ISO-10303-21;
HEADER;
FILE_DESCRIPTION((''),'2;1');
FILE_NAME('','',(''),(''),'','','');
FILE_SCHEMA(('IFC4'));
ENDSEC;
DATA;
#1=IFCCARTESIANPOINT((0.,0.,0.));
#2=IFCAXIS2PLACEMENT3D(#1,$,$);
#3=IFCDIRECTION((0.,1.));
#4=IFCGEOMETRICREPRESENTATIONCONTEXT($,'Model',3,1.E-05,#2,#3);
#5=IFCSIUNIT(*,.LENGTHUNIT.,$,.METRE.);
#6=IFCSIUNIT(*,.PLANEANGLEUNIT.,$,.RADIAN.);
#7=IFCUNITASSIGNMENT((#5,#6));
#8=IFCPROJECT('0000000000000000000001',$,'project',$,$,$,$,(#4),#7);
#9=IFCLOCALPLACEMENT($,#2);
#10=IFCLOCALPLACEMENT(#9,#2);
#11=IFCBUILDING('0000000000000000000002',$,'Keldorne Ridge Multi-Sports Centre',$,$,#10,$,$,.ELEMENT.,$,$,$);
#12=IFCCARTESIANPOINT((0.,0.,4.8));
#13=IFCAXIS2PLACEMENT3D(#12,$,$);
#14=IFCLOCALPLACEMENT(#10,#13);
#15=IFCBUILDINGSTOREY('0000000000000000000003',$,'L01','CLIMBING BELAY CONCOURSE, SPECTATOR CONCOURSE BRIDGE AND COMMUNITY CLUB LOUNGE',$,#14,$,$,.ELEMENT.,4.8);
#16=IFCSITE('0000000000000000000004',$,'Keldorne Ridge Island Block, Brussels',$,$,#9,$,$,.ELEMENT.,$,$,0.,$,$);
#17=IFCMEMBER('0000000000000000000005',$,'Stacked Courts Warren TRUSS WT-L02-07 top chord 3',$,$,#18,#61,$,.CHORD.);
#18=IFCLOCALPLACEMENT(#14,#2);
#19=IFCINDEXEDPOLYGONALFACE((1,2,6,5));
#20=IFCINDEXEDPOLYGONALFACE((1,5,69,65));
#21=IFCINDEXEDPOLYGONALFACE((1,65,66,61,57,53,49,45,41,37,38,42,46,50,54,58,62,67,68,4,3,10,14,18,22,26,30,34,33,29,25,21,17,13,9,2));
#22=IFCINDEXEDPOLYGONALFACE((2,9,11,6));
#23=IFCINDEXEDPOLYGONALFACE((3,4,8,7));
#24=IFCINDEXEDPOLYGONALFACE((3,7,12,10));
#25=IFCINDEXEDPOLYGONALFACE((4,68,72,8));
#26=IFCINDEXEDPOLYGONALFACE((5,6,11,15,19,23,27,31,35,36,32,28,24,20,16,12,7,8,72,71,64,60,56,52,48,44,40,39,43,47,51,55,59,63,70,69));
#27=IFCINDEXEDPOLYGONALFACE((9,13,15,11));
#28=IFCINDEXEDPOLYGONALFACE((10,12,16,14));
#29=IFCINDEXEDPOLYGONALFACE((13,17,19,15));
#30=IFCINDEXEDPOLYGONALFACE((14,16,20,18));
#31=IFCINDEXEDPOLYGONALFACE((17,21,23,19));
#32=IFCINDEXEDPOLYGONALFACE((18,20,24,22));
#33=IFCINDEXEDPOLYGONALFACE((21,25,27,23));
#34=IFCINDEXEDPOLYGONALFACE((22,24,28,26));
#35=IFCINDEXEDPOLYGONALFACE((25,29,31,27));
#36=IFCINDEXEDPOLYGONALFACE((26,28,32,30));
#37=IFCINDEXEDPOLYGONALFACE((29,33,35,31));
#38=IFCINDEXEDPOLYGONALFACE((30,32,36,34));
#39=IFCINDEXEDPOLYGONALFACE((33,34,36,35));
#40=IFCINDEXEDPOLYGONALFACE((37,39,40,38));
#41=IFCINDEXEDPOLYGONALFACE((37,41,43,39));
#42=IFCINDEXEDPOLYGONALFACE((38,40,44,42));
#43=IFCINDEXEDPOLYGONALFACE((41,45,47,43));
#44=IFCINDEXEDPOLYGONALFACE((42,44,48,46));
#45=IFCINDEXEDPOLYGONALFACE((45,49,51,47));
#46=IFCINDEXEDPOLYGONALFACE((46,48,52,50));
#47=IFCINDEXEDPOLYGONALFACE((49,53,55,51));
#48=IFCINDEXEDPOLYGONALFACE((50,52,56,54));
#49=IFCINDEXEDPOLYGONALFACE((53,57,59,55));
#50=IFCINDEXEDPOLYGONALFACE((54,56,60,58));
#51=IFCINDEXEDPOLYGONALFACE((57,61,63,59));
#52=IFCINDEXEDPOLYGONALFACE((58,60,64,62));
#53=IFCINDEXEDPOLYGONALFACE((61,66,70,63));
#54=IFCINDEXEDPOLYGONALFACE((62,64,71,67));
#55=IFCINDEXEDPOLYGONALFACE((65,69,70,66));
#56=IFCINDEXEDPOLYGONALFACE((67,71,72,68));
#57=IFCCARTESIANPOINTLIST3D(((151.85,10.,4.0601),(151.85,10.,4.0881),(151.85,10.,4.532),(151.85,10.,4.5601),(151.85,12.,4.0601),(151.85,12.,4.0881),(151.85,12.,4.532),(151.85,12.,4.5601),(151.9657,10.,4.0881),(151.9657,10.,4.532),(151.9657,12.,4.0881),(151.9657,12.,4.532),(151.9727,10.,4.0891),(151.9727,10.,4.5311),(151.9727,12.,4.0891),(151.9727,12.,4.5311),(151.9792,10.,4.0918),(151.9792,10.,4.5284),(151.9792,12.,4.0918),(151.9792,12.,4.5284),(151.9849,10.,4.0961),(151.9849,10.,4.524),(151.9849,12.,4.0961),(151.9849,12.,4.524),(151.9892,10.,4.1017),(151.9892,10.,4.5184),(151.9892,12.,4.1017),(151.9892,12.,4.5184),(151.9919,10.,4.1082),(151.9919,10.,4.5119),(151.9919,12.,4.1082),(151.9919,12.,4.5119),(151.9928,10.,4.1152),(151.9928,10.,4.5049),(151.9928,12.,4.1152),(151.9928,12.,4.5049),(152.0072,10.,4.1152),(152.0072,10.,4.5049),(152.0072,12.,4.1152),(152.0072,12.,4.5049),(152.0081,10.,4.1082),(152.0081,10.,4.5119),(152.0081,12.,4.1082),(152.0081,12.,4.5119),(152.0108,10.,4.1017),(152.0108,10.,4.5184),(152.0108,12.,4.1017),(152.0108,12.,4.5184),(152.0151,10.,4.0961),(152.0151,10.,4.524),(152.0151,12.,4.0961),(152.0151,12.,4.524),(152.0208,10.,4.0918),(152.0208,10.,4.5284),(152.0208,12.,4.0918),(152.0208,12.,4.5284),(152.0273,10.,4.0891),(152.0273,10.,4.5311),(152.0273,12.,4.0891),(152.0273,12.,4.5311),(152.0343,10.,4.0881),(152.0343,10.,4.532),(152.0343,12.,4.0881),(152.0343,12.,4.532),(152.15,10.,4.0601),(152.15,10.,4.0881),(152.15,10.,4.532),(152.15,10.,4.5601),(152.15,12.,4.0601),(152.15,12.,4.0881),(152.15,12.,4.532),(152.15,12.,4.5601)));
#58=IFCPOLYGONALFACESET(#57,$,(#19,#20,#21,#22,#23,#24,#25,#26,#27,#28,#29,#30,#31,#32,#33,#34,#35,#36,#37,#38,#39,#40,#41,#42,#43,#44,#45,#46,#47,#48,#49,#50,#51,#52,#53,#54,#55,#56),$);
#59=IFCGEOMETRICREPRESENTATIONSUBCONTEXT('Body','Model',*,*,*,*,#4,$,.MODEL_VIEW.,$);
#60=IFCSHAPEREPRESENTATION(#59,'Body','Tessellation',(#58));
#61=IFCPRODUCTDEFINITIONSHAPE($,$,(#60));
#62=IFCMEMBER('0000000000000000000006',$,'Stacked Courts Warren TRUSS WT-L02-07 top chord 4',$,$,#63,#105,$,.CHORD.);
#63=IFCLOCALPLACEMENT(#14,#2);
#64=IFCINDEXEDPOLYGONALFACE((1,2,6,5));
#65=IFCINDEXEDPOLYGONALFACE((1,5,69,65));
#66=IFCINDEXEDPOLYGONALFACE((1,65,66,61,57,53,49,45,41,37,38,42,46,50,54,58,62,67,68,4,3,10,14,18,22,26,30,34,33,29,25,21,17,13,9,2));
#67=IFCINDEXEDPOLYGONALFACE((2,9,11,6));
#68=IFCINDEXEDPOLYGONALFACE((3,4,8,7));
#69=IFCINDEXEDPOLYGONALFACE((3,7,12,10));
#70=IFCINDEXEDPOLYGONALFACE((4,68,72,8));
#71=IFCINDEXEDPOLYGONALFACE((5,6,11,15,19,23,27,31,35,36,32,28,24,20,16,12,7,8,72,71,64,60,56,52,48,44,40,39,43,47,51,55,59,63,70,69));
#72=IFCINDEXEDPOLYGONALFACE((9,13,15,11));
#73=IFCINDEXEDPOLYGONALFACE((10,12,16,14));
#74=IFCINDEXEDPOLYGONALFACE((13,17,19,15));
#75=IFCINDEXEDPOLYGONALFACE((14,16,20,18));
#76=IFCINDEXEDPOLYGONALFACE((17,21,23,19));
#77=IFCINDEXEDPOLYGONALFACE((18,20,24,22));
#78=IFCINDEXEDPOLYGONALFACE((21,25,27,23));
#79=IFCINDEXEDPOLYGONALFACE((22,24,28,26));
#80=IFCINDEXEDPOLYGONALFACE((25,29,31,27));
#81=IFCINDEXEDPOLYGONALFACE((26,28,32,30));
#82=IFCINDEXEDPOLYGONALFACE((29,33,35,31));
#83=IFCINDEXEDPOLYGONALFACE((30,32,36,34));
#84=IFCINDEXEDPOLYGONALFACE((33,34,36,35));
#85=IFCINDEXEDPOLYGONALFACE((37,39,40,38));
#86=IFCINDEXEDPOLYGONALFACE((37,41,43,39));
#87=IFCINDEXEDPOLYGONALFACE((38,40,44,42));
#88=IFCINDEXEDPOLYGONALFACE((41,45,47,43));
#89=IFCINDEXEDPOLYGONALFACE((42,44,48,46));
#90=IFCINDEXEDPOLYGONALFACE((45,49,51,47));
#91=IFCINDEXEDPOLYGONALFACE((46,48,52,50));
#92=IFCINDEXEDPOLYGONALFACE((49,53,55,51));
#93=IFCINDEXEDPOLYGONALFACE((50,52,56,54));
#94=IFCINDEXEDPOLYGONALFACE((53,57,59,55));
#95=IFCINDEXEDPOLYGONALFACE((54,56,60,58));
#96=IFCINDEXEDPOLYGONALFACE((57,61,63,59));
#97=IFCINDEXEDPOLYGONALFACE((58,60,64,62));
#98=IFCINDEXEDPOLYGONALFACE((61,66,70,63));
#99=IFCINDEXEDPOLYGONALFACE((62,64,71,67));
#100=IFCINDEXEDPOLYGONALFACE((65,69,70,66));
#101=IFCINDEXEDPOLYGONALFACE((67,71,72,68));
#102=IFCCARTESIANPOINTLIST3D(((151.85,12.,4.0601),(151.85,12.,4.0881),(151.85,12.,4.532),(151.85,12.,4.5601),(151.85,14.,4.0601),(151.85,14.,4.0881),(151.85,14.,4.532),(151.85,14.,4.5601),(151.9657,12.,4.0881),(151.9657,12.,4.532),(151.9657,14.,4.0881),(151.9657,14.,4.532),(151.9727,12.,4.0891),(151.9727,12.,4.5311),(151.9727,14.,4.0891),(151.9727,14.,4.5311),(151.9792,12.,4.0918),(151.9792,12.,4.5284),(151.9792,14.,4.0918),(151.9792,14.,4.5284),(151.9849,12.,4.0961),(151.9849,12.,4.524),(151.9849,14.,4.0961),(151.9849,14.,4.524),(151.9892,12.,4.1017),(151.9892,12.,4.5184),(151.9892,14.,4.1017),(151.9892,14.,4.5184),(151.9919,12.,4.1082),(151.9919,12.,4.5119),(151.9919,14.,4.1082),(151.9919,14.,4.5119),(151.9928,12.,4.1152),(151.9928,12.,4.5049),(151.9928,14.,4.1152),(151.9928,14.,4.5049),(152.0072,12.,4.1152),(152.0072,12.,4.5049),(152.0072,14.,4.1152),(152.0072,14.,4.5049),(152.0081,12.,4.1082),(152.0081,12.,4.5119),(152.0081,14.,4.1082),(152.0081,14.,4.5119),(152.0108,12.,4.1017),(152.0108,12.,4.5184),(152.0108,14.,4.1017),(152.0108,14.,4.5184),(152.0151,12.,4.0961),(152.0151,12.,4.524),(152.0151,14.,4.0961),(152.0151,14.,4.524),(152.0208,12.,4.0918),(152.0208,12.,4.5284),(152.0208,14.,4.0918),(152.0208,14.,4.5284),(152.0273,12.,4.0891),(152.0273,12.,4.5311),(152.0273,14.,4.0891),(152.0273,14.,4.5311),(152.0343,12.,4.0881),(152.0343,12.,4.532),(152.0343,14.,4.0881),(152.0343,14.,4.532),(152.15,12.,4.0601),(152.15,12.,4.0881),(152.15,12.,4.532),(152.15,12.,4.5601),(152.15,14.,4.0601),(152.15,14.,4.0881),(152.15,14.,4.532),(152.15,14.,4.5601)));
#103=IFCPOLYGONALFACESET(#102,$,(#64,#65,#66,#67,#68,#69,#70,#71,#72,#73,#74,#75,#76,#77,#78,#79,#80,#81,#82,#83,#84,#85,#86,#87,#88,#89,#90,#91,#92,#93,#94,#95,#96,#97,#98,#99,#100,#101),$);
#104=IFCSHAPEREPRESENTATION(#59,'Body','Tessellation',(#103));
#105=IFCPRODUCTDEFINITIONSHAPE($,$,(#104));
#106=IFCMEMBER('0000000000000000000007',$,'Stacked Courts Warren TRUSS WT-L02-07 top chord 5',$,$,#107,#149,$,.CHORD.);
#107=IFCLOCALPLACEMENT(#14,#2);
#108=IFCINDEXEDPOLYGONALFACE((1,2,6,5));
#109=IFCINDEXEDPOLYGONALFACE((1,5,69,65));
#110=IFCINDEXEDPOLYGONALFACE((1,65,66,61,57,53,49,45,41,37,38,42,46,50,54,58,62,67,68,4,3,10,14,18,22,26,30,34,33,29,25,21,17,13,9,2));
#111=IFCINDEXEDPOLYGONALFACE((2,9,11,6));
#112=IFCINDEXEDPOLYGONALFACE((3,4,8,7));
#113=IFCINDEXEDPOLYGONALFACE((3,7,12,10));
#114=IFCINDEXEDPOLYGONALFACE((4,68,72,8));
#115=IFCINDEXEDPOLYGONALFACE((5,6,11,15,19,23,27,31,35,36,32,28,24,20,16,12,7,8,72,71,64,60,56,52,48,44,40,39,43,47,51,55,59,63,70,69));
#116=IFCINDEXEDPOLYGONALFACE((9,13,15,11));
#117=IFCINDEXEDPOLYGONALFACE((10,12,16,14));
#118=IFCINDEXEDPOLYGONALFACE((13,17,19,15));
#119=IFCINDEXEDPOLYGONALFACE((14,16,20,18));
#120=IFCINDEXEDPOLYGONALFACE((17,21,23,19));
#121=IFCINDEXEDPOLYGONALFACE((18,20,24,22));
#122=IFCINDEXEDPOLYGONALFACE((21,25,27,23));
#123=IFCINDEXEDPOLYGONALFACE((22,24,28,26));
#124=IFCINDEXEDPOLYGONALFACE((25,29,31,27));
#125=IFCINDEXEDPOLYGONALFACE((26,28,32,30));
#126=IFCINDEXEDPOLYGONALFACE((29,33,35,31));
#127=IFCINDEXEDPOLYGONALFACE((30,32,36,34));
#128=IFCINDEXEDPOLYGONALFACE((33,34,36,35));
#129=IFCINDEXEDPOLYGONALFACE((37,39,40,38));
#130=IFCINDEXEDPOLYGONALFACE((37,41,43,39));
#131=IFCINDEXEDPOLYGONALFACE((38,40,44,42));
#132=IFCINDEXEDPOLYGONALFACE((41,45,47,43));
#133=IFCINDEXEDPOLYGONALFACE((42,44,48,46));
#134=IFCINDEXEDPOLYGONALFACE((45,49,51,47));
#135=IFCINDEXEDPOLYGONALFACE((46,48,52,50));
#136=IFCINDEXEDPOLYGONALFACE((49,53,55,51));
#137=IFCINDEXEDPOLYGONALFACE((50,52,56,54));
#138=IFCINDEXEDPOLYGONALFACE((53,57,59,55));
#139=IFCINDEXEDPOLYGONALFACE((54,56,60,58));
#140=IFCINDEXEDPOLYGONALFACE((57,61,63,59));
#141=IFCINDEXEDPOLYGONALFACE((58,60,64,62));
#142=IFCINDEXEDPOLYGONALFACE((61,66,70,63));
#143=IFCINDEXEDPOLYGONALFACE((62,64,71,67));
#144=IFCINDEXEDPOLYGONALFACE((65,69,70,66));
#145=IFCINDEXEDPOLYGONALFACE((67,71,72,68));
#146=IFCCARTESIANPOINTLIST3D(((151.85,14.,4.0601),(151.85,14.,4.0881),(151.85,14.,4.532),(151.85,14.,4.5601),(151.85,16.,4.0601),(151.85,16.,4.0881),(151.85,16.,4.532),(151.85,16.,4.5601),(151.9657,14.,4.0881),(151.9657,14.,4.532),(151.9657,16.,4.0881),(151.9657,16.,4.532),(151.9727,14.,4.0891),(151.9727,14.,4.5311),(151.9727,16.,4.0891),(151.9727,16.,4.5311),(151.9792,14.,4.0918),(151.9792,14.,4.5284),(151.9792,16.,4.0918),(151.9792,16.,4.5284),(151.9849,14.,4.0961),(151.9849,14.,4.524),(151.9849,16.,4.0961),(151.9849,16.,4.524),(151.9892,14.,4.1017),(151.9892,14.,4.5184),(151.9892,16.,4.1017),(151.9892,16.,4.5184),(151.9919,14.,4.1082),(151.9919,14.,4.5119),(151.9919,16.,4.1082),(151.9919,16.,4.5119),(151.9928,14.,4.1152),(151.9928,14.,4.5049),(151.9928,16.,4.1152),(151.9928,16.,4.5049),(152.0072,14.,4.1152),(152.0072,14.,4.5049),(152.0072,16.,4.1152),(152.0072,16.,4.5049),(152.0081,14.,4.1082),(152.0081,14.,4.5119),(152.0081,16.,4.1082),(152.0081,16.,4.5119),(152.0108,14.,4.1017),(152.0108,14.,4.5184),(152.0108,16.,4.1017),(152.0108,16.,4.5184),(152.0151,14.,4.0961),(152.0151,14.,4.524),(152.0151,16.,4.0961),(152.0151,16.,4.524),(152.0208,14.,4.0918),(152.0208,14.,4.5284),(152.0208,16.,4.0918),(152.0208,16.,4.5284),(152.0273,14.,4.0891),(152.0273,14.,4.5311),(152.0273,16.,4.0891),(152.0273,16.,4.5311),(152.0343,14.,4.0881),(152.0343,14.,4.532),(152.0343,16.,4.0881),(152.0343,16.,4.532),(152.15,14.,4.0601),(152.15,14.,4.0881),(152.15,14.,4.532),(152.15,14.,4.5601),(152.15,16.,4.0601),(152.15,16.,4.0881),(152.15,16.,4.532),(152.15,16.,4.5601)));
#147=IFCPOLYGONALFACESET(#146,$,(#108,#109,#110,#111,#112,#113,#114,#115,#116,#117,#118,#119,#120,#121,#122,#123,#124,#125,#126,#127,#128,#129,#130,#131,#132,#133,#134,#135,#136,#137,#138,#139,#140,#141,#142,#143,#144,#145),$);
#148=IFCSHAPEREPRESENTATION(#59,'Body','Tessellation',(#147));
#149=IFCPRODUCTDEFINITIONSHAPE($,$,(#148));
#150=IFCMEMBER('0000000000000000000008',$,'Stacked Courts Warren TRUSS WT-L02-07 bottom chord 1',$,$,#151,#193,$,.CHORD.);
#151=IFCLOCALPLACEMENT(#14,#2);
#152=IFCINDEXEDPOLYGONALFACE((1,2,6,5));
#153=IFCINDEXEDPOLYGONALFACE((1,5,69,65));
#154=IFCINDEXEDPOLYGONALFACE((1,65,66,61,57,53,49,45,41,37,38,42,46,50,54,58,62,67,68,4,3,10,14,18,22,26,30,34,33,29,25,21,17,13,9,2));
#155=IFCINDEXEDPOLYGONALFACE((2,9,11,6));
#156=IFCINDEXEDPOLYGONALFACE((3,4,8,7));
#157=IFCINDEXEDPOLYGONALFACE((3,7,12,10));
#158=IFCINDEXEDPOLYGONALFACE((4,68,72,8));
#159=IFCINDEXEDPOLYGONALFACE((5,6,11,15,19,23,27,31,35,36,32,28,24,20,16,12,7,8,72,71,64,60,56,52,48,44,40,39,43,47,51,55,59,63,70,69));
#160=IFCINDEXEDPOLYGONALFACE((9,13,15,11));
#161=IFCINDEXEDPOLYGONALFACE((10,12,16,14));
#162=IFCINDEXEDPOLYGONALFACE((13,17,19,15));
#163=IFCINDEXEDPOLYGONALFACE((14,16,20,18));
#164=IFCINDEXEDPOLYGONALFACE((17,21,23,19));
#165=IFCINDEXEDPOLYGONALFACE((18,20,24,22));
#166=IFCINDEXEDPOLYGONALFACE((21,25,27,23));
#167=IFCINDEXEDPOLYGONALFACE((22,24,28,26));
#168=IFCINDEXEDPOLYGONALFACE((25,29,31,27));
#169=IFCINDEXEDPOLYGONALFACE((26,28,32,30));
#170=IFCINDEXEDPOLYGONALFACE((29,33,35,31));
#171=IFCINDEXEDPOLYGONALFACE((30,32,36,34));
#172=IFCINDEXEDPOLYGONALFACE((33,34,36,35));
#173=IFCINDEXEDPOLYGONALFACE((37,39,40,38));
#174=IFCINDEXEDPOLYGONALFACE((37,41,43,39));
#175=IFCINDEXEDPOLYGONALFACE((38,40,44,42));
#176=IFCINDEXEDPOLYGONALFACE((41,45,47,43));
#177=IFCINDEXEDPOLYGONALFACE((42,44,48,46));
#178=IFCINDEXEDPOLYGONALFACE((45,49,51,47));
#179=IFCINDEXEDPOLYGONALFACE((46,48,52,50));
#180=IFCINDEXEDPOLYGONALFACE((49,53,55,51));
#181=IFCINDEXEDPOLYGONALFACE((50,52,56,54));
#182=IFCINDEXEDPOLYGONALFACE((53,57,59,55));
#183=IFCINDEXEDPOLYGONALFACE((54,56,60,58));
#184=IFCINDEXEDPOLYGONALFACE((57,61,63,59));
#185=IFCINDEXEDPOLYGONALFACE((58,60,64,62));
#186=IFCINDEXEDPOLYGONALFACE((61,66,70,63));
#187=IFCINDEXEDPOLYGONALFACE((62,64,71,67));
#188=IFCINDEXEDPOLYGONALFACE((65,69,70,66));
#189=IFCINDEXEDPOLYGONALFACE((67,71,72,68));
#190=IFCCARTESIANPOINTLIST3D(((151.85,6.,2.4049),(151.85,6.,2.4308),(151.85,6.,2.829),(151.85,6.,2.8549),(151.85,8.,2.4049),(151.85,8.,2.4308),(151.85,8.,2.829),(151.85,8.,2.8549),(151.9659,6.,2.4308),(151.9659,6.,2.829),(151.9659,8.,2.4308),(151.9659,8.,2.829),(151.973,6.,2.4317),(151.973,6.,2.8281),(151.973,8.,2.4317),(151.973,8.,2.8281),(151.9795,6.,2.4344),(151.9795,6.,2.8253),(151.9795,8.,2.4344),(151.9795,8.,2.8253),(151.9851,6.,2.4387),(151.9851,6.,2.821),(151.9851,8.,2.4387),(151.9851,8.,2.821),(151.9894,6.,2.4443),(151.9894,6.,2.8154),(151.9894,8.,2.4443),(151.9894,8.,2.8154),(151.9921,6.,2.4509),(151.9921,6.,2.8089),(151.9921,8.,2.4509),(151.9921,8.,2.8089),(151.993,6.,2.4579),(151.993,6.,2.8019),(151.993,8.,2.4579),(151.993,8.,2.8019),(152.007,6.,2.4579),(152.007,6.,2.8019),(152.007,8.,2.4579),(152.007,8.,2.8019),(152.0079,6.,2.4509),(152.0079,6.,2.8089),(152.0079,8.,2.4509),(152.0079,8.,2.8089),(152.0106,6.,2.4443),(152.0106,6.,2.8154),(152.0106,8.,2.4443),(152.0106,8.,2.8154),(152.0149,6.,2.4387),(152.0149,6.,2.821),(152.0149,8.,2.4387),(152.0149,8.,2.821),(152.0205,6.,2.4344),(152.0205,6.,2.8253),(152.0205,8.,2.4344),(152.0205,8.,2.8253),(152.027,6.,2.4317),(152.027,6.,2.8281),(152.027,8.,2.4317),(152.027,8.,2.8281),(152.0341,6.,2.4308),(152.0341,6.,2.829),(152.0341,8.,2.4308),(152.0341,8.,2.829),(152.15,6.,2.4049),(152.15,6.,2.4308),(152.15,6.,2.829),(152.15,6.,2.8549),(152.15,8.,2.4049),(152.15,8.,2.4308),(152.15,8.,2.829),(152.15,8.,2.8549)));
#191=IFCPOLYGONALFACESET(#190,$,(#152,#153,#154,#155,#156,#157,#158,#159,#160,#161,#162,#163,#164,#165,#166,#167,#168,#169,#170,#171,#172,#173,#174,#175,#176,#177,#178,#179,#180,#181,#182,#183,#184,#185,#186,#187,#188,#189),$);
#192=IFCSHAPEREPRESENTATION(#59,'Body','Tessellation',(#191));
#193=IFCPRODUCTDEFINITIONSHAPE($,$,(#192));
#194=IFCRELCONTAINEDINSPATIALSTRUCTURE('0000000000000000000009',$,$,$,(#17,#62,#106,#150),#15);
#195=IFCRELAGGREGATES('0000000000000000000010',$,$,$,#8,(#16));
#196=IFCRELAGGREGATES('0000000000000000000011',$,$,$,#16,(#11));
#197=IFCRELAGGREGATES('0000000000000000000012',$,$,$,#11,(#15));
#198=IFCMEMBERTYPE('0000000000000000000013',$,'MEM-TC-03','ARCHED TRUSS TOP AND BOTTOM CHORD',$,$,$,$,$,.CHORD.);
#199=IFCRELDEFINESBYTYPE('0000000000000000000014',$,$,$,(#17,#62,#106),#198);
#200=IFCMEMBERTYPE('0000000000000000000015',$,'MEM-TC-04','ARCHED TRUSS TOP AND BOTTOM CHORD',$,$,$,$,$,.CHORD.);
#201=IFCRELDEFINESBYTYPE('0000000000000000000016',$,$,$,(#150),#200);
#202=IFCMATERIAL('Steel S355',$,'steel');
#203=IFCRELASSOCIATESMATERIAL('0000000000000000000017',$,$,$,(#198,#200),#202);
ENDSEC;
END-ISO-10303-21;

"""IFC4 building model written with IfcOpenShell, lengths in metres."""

from ifc_helpers import new_model, si_unit, direction, frame, origin, origin_2d, place, context, subcontext, project, spatial, i_section, extrude, material, material_profile, profile_set, type_object, element, save


model = new_model("IFC4")

# Units and contexts
model_context = context("Model", 3, precision=1e-05, world=origin(), true_north=direction((0.0, 1.0)))
body_context = subcontext(model_context, "Body", "Model", "MODEL_VIEW")
ifc_project = project(units=[si_unit("LENGTHUNIT", "METRE"), si_unit("PLANEANGLEUNIT", "RADIAN")], contexts=[model_context])

# Site, building, storey
site_placement = place(None, origin())
site = spatial("IfcSite", under=ifc_project, at=site_placement, Name="Keldorne Ridge Island Block, Brussels", CompositionType="ELEMENT", RefElevation=0.0)
building_placement = place(site_placement, origin())
building = spatial("IfcBuilding", under=site, at=building_placement, Name="Keldorne Ridge Multi-Sports Centre", CompositionType="ELEMENT")
storey_placement = place(building_placement, frame((0.0, 0.0, 4.8)))
storey = spatial("IfcBuildingStorey", under=building, at=storey_placement, Name="L01", Description="CLIMBING BELAY CONCOURSE, SPECTATOR CONCOURSE BRIDGE AND COMMUNITY CLUB LOUNGE", CompositionType="ELEMENT", Elevation=4.8)

# Shared definitions
ifc_material_1 = material(Name="Steel S355", Category="steel")

# Members
ifc_material_profile_1 = material_profile(ifc_material_1, i_section(OverallWidth=0.3, OverallDepth=0.5, WebThickness=0.0144, FlangeThickness=0.0281, FilletRadius=0.0271, at=origin_2d()), Name="HEB 500")
ifc_profile_set_1 = profile_set([ifc_material_profile_1], Name="Steel S355")
member_type_1 = type_object("IfcMemberType", Name="MEM-TC-03", Description="ARCHED TRUSS TOP AND BOTTOM CHORD", PredefinedType="CHORD", material=ifc_profile_set_1)
for number, where, z_axis, x_axis, name in (
    (1, (152.0, 10.0, 4.3101), (0.0, 1.0, 0.0), (-1.0, 0.0, 0.0), "Stacked Courts Warren TRUSS WT-L02-07 top chord 3"),
    (2, (152.0, 12.0, 4.3101), (0.0, 1.0, 0.0), (-1.0, 0.0, 0.0), "Stacked Courts Warren TRUSS WT-L02-07 top chord 4"),
    (3, (152.0, 14.0, 4.3101), (0.0, 1.0, 0.0), (-1.0, 0.0, 0.0), "Stacked Courts Warren TRUSS WT-L02-07 top chord 5"),
):
    element("IfcMember", number, at=place(storey_placement, frame(where, z_axis=z_axis, x_axis=x_axis)), inside=storey, type_object=member_type_1, Name=name, PredefinedType="CHORD", context=body_context, shape_type="SweptSolid", body=[
        extrude(i_section(OverallWidth=0.3, OverallDepth=0.5, WebThickness=0.0144, FlangeThickness=0.0281, FilletRadius=0.0271, at=origin_2d()), origin(), (0.0, 0.0, 1.0), 2.0),
    ])
ifc_material_profile_2 = material_profile(ifc_material_1, i_section(OverallWidth=0.3, OverallDepth=0.45, WebThickness=0.0139, FlangeThickness=0.0259, FilletRadius=0.0271, at=origin_2d()), Name="HEB 450")
ifc_profile_set_2 = profile_set([ifc_material_profile_2], Name="Steel S355")
member_type_2 = type_object("IfcMemberType", Name="MEM-TC-04", Description="ARCHED TRUSS TOP AND BOTTOM CHORD", PredefinedType="CHORD", material=ifc_profile_set_2)
for number, where, z_axis, x_axis, name in (
    (4, (152.0, 6.0, 2.6299), (0.0, 1.0, 0.0), (-1.0, 0.0, 0.0), "Stacked Courts Warren TRUSS WT-L02-07 bottom chord 1"),
):
    element("IfcMember", number, at=place(storey_placement, frame(where, z_axis=z_axis, x_axis=x_axis)), inside=storey, type_object=member_type_2, Name=name, PredefinedType="CHORD", context=body_context, shape_type="SweptSolid", body=[
        extrude(i_section(OverallWidth=0.3, OverallDepth=0.45, WebThickness=0.0139, FlangeThickness=0.0259, FilletRadius=0.0271, at=origin_2d()), origin(), (0.0, 0.0, 1.0), 2.0),
    ])

save(model, "model.ifc")
